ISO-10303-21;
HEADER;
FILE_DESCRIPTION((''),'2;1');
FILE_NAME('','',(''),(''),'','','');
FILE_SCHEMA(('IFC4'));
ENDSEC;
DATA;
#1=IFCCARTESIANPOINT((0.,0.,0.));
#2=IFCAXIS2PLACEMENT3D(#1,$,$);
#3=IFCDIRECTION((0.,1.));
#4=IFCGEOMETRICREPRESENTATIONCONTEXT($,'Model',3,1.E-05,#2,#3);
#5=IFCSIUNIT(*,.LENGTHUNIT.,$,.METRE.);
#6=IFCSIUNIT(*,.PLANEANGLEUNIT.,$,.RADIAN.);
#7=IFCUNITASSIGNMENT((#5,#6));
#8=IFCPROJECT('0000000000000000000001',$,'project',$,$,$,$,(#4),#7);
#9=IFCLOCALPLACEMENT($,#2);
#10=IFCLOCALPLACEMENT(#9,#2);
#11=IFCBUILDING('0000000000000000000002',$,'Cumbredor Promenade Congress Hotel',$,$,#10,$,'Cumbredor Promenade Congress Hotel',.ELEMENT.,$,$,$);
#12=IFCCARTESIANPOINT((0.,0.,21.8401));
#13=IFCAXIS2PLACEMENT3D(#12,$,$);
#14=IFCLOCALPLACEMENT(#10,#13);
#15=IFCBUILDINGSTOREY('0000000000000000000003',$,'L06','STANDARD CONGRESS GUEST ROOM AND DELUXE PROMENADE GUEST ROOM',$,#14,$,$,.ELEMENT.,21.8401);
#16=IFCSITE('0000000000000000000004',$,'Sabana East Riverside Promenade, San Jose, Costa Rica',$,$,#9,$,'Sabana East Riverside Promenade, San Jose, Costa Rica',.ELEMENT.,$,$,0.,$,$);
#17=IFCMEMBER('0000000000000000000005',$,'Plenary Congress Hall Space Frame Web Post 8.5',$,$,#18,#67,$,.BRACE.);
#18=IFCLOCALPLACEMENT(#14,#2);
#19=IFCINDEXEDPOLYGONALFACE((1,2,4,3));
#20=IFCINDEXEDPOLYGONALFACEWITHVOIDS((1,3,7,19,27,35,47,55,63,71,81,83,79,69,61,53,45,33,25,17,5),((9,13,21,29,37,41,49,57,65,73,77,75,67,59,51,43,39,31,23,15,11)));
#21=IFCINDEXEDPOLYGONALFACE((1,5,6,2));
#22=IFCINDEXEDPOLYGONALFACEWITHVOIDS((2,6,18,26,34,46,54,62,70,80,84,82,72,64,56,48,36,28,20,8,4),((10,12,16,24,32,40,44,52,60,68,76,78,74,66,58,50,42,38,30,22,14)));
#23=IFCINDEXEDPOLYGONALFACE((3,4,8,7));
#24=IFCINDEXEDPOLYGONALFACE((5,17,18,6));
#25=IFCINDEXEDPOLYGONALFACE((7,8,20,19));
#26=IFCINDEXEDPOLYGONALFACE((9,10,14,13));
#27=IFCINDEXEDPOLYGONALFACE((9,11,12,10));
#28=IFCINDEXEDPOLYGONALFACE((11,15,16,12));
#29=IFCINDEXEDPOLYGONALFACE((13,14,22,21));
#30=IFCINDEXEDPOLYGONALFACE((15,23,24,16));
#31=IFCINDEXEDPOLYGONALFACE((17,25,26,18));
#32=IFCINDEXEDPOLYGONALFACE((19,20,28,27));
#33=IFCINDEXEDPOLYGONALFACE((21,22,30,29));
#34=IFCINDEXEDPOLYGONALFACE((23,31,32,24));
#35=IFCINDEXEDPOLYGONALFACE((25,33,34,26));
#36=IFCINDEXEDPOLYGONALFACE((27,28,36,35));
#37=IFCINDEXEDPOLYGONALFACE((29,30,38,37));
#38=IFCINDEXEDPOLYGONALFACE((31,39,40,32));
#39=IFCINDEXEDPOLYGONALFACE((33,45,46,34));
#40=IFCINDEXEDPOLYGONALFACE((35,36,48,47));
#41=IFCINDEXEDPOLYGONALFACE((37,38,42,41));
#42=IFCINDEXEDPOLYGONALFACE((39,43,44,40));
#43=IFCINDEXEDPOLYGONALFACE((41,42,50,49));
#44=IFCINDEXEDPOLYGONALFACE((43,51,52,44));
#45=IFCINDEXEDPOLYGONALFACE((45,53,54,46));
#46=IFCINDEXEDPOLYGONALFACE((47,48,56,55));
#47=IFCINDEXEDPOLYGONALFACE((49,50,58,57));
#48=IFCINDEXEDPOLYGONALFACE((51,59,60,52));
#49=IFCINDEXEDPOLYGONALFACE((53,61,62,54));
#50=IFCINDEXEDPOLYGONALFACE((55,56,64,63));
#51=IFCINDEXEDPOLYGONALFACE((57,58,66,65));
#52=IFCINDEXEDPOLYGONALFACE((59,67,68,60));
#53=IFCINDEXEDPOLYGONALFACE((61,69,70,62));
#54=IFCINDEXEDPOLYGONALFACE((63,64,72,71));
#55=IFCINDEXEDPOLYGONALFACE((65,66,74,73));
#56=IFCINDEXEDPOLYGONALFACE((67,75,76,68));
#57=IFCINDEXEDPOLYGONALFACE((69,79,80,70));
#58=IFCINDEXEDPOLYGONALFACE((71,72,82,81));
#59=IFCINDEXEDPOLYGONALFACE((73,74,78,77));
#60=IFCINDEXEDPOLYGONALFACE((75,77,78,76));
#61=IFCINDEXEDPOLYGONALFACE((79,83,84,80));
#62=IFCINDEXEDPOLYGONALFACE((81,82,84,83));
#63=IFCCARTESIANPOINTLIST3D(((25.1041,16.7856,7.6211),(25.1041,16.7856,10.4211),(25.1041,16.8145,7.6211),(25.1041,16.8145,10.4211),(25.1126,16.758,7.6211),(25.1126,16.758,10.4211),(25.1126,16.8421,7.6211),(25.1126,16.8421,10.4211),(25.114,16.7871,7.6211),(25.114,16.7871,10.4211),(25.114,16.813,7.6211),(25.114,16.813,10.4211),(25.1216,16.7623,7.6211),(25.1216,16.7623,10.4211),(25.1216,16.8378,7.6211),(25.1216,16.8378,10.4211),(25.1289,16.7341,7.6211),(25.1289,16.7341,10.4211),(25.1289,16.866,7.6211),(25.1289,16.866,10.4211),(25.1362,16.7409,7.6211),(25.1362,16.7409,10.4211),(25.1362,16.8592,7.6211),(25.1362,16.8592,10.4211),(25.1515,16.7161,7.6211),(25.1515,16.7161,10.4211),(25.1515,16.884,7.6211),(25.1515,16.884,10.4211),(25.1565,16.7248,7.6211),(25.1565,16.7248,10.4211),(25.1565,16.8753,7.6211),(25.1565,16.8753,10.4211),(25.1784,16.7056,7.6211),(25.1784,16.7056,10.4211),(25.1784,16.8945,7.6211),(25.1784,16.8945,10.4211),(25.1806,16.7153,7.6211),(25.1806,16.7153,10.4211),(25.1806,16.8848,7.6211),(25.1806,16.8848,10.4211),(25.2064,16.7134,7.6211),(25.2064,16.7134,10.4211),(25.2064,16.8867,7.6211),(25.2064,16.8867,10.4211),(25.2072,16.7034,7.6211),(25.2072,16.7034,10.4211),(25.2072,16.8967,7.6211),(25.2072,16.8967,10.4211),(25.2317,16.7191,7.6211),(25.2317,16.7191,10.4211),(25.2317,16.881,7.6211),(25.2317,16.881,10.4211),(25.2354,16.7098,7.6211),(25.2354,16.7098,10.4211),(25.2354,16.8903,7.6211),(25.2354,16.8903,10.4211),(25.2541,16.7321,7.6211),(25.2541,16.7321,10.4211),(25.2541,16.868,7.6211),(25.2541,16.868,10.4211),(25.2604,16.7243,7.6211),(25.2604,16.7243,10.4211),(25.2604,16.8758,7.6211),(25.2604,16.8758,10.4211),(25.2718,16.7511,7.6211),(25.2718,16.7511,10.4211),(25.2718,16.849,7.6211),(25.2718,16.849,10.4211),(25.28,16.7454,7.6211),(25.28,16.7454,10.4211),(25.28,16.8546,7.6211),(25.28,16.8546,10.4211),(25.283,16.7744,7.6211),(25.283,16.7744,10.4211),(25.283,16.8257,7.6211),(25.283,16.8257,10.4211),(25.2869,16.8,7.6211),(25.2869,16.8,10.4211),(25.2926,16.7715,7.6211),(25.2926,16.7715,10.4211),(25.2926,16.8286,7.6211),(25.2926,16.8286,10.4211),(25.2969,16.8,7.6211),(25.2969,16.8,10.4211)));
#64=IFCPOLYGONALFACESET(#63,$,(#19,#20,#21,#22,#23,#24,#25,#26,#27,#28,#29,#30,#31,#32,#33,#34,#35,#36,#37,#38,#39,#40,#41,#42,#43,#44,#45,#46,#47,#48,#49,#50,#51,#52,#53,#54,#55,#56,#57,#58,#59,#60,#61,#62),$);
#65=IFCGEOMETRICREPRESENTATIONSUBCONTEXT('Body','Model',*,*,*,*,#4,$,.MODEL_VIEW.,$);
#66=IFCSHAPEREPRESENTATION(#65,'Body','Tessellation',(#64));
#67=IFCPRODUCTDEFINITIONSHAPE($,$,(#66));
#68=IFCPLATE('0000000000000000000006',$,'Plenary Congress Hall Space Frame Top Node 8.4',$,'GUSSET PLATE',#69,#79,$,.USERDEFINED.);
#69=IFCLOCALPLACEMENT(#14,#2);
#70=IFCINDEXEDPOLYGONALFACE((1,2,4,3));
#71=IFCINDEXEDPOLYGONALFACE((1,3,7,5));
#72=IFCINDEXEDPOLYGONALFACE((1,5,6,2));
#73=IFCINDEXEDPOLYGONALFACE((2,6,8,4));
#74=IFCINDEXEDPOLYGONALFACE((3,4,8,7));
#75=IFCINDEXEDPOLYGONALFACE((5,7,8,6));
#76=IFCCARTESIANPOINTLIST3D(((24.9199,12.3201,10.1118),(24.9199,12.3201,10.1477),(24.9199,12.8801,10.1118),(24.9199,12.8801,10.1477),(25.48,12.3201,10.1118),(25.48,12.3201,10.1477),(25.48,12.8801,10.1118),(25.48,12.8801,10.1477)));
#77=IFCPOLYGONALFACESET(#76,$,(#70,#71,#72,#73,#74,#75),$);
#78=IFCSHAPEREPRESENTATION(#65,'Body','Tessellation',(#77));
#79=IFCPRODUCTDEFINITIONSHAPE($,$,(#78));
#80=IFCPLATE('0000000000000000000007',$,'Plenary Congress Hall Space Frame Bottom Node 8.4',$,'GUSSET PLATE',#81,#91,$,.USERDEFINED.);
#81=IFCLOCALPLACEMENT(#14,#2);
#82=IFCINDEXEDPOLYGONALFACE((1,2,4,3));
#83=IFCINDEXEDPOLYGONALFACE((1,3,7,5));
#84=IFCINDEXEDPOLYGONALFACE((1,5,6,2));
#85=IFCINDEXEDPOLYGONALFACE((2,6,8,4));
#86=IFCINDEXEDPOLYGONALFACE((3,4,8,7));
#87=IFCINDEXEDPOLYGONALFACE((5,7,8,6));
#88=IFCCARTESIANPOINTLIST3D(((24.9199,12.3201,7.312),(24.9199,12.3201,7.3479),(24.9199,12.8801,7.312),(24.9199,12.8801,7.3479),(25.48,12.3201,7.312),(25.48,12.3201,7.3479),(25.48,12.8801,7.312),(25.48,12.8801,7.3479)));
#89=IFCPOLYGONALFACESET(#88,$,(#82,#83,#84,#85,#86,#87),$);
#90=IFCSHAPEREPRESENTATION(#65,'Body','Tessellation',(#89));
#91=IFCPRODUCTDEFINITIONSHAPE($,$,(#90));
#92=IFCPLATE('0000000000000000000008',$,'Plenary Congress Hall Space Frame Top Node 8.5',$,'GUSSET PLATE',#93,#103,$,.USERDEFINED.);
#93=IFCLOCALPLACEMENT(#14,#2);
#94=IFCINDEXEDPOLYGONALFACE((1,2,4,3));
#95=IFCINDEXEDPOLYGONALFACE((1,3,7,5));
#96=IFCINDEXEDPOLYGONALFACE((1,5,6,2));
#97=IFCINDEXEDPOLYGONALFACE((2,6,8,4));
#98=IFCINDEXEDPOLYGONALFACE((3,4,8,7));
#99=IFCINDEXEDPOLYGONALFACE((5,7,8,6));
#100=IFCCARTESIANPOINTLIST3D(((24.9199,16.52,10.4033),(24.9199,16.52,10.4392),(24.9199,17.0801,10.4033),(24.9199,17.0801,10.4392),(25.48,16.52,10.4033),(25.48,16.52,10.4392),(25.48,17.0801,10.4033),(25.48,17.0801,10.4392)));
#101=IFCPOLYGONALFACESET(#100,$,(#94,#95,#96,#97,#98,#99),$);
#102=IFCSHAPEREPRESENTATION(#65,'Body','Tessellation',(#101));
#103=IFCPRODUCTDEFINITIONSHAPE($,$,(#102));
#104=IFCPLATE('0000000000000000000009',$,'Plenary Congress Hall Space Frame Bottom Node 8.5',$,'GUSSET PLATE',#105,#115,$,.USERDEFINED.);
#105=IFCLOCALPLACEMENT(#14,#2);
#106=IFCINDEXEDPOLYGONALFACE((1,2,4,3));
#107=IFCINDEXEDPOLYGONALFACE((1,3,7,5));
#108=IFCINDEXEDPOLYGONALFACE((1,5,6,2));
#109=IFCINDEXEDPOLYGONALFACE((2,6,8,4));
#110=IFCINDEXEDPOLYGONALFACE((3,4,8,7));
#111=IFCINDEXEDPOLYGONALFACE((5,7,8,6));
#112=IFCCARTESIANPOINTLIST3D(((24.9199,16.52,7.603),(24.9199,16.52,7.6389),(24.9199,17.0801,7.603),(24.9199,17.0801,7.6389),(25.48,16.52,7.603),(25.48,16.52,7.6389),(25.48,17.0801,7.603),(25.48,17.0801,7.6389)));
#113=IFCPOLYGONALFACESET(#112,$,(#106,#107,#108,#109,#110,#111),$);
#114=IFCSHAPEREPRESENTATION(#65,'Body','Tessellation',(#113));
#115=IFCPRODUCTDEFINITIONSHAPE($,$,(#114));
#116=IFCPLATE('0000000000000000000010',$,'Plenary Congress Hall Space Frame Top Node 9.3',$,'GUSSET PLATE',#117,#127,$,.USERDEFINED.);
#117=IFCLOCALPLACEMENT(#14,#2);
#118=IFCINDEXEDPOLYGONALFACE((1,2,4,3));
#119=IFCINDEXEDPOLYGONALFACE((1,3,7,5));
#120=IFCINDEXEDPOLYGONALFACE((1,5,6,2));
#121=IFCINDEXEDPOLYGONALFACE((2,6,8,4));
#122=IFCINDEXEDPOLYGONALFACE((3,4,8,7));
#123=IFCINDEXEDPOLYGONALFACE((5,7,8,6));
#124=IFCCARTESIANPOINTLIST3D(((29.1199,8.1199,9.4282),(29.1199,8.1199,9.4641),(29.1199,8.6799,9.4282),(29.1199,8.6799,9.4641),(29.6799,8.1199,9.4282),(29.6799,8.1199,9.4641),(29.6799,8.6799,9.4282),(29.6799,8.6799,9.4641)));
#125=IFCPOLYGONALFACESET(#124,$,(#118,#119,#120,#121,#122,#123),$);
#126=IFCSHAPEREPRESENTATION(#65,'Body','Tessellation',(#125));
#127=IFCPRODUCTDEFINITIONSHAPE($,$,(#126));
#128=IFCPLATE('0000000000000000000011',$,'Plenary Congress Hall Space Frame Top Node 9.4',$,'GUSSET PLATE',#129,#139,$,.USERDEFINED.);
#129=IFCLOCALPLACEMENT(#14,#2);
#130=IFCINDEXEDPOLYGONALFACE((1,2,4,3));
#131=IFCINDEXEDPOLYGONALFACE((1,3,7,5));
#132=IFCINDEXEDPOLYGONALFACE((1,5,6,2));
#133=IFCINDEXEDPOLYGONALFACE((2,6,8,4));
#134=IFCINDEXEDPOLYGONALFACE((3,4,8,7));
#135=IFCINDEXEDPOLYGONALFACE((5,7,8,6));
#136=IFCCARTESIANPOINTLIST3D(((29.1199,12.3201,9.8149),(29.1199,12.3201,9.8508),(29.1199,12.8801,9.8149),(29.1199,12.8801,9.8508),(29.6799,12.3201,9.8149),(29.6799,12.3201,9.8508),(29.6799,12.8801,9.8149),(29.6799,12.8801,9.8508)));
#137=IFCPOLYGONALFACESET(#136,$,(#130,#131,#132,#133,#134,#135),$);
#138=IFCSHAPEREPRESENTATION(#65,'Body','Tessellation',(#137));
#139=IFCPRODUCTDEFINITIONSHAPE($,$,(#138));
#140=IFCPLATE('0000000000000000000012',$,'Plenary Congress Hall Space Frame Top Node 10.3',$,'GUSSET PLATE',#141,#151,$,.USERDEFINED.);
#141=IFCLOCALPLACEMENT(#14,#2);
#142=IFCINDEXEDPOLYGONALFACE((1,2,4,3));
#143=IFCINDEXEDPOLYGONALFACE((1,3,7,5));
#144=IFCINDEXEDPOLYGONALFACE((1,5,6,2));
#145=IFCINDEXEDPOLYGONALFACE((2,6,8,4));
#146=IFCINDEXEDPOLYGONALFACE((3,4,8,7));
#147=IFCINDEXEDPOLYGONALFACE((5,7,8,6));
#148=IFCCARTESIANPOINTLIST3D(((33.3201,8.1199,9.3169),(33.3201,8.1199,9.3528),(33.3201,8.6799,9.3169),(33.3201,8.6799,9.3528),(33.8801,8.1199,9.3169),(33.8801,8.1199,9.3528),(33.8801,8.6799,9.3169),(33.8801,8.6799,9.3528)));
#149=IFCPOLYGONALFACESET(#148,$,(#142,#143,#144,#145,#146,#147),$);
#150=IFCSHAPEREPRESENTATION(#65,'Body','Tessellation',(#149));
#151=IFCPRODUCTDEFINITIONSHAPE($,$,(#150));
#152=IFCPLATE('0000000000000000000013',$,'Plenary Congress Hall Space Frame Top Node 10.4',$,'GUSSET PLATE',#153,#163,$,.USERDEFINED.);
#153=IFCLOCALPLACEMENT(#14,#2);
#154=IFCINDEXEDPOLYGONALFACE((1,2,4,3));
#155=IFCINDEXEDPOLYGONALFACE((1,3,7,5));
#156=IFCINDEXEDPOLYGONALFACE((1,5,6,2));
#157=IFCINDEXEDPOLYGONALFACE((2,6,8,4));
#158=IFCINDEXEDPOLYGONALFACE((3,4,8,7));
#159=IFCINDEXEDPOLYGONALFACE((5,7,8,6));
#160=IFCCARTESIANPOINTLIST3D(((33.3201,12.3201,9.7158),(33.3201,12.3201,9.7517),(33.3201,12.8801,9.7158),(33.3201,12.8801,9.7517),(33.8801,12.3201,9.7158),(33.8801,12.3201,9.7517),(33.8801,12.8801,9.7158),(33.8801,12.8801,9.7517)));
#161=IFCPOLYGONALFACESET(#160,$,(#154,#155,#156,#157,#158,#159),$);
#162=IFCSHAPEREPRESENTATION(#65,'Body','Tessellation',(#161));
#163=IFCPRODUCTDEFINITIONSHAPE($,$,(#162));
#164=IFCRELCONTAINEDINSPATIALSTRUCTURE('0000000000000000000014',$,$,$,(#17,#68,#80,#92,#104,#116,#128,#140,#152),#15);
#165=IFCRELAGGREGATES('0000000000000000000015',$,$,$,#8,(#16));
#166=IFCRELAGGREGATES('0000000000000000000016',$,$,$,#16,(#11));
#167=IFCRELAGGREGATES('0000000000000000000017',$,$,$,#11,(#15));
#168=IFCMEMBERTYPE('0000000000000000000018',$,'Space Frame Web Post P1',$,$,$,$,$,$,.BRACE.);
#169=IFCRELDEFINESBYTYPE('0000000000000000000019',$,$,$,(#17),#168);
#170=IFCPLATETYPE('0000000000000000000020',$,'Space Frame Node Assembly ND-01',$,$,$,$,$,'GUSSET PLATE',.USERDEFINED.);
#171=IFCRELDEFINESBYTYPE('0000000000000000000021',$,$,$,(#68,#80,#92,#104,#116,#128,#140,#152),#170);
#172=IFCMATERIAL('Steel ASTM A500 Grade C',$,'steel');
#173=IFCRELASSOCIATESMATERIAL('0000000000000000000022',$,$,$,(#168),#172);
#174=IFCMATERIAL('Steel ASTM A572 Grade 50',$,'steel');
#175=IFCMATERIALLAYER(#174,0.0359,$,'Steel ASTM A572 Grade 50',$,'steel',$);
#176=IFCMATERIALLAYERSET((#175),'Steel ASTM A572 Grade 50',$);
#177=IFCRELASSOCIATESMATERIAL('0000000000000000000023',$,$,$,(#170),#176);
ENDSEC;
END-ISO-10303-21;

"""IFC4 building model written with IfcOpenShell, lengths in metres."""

from ifc_helpers import new_model, si_unit, direction, frame, origin, origin_2d, place, context, subcontext, project, spatial, rectangle, hollow_circle, extrude, material, layer, layer_set, material_profile, profile_set, type_object, element, save


model = new_model("IFC4")

# Units and contexts
model_context = context("Model", 3, precision=1e-05, world=origin(), true_north=direction((0.0, 1.0)))
body_context = subcontext(model_context, "Body", "Model", "MODEL_VIEW")
ifc_project = project(units=[si_unit("LENGTHUNIT", "METRE"), si_unit("PLANEANGLEUNIT", "RADIAN")], contexts=[model_context])

# Site, building, storey
site_placement = place(None, origin())
site = spatial("IfcSite", under=ifc_project, at=site_placement, Name="Sabana East Riverside Promenade, San Jose, Costa Rica", LongName="Sabana East Riverside Promenade, San Jose, Costa Rica", CompositionType="ELEMENT", RefElevation=0.0)
building_placement = place(site_placement, origin())
building = spatial("IfcBuilding", under=site, at=building_placement, Name="Cumbredor Promenade Congress Hotel", LongName="Cumbredor Promenade Congress Hotel", CompositionType="ELEMENT")
storey_placement = place(building_placement, frame((0.0, 0.0, 21.8401)))
storey = spatial("IfcBuildingStorey", under=building, at=storey_placement, Name="L06", Description="STANDARD CONGRESS GUEST ROOM AND DELUXE PROMENADE GUEST ROOM", CompositionType="ELEMENT", Elevation=21.8401)

# Member
ifc_material_1 = material(Name="Steel ASTM A500 Grade C", Category="steel")
ifc_material_profile_1 = material_profile(ifc_material_1, hollow_circle(Radius=0.0969, WallThickness=0.01, at=origin_2d()), Name="CHS 193.7x10")
ifc_profile_set_1 = profile_set([ifc_material_profile_1], Name="Steel ASTM A500 Grade C")
member_type_1 = type_object("IfcMemberType", Name="Space Frame Web Post P1", PredefinedType="BRACE", material=ifc_profile_set_1)
for number, where, z_axis, x_axis, name in (
    (1, (25.2, 16.8, 7.6211), (0.0, 0.0, 1.0), (1.0, 0.0, 0.0), "Plenary Congress Hall Space Frame Web Post 8.5"),
):
    element("IfcMember", number, at=place(storey_placement, frame(where, z_axis=z_axis, x_axis=x_axis)), inside=storey, type_object=member_type_1, Name=name, PredefinedType="BRACE", context=body_context, shape_type="SweptSolid", body=[
        extrude(hollow_circle(Radius=0.0969, WallThickness=0.01, at=origin_2d()), origin(), (0.0, 0.0, 1.0), 2.8),
    ])

# Plates
ifc_material_2 = material(Name="Steel ASTM A572 Grade 50", Category="steel")
ifc_layer = layer(ifc_material_2, 0.0359, Name="Steel ASTM A572 Grade 50", Category="steel")
ifc_layer_set = layer_set([ifc_layer], Name="Steel ASTM A572 Grade 50")
plate_type = type_object("IfcPlateType", Name="Space Frame Node Assembly ND-01", ElementType="GUSSET PLATE", PredefinedType="USERDEFINED", material=ifc_layer_set)
for number, where, z_axis, x_axis, name in (
    (2, (25.2, 12.6001, 10.1118), (0.0, 0.0, 1.0), (1.0, 0.0, 0.0), "Plenary Congress Hall Space Frame Top Node 8.4"),
    (3, (25.2, 12.6001, 7.312), (0.0, 0.0, 1.0), (1.0, 0.0, 0.0), "Plenary Congress Hall Space Frame Bottom Node 8.4"),
    (4, (25.2, 16.8, 10.4033), (0.0, 0.0, 1.0), (1.0, 0.0, 0.0), "Plenary Congress Hall Space Frame Top Node 8.5"),
    (5, (25.2, 16.8, 7.603), (0.0, 0.0, 1.0), (1.0, 0.0, 0.0), "Plenary Congress Hall Space Frame Bottom Node 8.5"),
    (6, (29.3999, 8.3999, 9.4282), (0.0, 0.0, 1.0), (1.0, 0.0, 0.0), "Plenary Congress Hall Space Frame Top Node 9.3"),
    (7, (29.3999, 12.6001, 9.8149), (0.0, 0.0, 1.0), (1.0, 0.0, 0.0), "Plenary Congress Hall Space Frame Top Node 9.4"),
    (8, (33.6001, 8.3999, 9.3169), (0.0, 0.0, 1.0), (1.0, 0.0, 0.0), "Plenary Congress Hall Space Frame Top Node 10.3"),
    (9, (33.6001, 12.6001, 9.7158), (0.0, 0.0, 1.0), (1.0, 0.0, 0.0), "Plenary Congress Hall Space Frame Top Node 10.4"),
):
    element("IfcPlate", number, at=place(storey_placement, frame(where, z_axis=z_axis, x_axis=x_axis)), inside=storey, type_object=plate_type, Name=name, ObjectType="GUSSET PLATE", PredefinedType="USERDEFINED", context=body_context, shape_type="SweptSolid", body=[
        extrude(rectangle(XDim=0.5601, YDim=0.5601, at=origin_2d()), origin(), (0.0, 0.0, 1.0), 0.0359),
    ])

save(model, "model.ifc")
